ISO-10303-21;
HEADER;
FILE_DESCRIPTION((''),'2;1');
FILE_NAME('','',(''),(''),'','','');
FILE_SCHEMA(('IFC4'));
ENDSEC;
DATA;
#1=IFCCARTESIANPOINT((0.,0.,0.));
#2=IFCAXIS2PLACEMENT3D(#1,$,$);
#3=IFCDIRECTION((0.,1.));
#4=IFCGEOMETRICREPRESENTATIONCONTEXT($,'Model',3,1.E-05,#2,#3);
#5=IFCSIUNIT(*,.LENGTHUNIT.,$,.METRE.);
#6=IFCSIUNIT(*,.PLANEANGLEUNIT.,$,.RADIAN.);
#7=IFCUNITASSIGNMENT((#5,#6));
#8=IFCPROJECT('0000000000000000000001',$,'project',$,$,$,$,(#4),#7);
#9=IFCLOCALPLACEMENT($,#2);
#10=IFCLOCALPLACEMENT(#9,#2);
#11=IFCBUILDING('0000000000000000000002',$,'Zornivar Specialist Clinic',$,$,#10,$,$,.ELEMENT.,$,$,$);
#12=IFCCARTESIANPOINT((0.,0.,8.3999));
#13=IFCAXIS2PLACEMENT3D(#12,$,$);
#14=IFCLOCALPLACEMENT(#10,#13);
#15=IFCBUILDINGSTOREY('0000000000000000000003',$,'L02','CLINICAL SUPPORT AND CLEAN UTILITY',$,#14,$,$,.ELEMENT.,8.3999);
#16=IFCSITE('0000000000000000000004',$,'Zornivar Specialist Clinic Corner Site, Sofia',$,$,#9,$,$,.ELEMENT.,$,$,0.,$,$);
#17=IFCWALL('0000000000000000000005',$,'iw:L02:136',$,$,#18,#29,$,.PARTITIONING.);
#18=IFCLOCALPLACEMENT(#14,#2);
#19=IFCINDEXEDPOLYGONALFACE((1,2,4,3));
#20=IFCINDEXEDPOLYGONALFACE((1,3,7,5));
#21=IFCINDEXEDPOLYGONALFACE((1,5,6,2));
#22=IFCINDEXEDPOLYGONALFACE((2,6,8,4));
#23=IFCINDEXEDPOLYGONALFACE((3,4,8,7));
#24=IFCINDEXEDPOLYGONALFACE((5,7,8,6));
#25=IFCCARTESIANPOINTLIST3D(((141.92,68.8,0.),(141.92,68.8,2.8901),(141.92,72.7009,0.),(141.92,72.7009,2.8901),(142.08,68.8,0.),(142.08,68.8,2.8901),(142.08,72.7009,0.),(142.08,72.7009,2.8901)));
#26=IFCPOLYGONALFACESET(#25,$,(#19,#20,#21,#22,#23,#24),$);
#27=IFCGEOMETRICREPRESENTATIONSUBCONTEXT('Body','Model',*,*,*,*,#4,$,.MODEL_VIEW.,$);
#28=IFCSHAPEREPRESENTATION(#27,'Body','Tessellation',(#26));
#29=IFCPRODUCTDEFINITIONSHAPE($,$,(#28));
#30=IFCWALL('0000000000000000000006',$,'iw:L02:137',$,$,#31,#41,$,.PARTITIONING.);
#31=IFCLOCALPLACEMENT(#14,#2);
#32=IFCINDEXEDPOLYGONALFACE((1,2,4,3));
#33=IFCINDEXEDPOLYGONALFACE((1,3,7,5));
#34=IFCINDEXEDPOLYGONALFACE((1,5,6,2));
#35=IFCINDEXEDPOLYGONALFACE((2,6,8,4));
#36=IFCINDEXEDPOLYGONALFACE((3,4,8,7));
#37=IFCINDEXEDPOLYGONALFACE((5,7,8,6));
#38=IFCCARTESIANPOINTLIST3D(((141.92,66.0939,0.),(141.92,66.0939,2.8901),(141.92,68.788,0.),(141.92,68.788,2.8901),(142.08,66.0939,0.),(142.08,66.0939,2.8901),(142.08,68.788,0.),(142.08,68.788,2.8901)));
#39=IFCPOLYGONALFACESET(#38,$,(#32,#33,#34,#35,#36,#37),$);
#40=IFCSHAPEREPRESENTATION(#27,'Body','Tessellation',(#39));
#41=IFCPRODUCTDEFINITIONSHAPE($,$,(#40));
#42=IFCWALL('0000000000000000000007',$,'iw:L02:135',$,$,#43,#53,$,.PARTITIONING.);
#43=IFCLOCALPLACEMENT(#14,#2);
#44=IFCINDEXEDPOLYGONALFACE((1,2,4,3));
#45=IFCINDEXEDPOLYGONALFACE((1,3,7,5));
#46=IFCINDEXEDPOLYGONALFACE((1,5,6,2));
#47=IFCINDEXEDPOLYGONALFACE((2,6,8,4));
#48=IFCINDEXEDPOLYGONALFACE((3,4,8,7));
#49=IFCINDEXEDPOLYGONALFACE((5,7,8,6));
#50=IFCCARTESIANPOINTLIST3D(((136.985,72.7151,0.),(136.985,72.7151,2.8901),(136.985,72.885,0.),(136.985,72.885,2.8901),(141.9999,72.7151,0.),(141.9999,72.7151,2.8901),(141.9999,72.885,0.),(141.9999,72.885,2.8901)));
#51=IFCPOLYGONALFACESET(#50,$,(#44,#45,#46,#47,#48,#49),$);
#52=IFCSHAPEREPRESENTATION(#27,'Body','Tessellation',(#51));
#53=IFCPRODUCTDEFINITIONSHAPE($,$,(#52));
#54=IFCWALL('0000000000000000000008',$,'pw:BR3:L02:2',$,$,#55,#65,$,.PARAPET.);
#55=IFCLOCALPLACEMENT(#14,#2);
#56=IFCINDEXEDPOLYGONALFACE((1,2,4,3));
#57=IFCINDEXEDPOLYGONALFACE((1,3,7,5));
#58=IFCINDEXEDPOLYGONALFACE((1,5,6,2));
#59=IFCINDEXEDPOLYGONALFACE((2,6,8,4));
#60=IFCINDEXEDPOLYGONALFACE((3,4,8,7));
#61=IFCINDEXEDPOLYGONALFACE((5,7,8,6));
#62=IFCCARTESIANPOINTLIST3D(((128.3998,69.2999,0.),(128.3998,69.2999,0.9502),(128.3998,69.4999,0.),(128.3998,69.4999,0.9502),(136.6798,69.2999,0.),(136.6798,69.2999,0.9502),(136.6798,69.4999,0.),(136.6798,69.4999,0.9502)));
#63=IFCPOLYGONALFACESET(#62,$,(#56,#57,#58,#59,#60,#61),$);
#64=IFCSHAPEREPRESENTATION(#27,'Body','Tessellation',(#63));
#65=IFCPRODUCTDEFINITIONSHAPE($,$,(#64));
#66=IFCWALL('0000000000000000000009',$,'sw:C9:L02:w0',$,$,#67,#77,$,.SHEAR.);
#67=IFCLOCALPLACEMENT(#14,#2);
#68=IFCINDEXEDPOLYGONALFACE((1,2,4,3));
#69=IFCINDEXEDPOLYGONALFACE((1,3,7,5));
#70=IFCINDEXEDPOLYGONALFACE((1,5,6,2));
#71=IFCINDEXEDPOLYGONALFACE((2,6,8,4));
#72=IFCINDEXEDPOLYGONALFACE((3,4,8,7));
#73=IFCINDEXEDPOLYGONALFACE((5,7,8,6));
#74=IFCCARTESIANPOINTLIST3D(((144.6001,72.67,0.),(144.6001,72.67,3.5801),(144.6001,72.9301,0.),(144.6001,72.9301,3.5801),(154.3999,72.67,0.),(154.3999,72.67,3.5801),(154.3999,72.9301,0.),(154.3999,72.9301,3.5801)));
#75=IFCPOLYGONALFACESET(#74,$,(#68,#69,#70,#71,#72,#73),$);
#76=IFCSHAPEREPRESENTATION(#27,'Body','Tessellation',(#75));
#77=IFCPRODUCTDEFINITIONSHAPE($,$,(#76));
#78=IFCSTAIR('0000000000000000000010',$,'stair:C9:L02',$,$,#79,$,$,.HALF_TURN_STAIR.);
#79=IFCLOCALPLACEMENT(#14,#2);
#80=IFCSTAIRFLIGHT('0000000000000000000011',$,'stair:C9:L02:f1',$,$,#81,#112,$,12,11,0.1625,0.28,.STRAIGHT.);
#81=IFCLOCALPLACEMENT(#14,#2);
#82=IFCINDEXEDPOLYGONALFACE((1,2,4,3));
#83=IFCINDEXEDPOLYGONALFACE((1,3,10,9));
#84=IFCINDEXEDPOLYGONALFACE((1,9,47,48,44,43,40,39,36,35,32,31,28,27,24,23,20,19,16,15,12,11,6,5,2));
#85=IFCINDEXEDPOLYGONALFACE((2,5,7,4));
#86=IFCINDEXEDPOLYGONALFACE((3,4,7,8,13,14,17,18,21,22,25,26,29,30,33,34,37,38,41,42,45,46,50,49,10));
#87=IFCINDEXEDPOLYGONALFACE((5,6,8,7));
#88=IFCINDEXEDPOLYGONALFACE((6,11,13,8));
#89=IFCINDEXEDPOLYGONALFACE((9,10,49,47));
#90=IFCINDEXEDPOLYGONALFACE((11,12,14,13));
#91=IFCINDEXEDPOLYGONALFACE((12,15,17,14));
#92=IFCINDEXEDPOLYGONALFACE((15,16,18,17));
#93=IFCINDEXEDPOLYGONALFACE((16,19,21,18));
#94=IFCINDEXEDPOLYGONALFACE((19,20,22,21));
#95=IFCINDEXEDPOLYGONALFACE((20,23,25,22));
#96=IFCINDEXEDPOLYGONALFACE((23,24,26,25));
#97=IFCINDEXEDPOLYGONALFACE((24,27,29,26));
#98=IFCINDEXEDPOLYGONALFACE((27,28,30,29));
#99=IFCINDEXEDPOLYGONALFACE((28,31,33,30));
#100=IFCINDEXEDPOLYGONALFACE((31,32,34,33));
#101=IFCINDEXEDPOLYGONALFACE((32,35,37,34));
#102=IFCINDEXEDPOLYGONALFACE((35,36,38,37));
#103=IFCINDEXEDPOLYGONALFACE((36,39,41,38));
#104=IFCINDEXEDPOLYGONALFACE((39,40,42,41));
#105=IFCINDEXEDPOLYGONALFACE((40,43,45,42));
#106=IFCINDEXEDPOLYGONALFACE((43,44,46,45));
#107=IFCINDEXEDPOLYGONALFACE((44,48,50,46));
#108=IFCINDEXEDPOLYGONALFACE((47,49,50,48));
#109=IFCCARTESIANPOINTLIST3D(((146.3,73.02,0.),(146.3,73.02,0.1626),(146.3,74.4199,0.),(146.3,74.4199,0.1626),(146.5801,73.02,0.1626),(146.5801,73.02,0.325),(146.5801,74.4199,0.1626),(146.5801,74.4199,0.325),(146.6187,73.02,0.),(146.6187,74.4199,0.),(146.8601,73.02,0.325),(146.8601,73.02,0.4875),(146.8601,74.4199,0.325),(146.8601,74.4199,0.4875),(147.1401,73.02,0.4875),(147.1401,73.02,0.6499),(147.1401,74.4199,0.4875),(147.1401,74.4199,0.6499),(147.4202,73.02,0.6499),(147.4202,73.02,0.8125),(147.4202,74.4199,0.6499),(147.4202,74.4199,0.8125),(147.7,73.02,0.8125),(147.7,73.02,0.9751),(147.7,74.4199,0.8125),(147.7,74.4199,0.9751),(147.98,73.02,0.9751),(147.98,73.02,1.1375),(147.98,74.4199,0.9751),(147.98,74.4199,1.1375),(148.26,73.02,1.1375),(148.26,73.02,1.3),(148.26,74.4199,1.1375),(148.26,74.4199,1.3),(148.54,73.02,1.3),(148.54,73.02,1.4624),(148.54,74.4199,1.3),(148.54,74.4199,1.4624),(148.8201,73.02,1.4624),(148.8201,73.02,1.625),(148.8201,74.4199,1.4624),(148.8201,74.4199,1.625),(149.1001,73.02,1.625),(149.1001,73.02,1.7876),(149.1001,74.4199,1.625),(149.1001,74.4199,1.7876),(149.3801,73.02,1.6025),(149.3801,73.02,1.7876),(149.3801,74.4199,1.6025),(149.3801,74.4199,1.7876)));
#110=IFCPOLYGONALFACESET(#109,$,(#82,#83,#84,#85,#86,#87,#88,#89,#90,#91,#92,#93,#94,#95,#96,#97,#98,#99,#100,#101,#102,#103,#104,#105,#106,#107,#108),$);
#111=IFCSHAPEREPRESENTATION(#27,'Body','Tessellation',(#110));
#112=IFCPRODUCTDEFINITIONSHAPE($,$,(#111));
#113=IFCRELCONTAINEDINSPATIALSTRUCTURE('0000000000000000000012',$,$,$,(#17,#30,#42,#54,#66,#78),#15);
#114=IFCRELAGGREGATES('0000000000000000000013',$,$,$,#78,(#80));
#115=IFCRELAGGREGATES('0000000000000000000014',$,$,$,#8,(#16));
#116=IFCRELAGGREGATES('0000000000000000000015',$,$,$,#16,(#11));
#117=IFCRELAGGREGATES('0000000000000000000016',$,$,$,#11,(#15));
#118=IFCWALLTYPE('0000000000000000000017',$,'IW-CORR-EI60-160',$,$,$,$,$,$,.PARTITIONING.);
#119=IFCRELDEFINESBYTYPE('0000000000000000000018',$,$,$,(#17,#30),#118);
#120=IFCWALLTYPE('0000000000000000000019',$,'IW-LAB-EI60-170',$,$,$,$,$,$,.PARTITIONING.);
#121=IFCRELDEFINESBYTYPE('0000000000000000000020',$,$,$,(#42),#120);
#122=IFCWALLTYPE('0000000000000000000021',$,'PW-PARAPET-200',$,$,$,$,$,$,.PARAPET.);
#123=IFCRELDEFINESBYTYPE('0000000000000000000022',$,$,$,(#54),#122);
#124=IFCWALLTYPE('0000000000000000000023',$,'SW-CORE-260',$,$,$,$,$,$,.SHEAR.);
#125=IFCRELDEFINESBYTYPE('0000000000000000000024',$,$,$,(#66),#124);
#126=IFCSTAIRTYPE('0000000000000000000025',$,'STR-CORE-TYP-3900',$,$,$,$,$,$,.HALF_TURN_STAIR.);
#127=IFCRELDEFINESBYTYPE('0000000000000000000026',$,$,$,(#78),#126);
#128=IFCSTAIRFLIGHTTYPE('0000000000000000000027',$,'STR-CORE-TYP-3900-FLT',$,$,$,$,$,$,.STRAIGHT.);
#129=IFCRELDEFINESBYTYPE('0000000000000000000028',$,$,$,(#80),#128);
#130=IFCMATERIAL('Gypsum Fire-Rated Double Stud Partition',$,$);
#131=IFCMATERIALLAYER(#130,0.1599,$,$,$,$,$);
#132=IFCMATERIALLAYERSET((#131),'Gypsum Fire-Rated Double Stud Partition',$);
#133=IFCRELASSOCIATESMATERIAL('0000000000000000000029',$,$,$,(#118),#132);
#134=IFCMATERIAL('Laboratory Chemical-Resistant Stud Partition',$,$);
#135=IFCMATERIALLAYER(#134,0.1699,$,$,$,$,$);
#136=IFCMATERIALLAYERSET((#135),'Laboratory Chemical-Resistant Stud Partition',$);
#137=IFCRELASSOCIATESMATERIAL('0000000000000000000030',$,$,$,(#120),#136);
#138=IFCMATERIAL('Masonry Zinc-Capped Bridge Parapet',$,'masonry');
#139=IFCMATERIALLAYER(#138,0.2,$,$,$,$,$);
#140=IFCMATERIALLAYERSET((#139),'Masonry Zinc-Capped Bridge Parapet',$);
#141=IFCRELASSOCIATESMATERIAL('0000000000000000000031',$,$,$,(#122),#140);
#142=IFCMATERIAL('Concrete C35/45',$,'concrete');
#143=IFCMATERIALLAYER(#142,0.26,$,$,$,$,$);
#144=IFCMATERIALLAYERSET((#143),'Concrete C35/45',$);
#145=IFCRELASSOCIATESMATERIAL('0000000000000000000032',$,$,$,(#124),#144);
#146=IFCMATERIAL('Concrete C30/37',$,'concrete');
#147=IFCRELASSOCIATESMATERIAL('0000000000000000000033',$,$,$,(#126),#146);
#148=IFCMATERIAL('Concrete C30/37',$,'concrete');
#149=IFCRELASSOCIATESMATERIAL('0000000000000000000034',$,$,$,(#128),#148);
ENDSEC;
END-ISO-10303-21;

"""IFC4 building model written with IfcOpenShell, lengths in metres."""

from ifc_helpers import new_model, si_unit, direction, frame, frame_2d, origin, place, context, subcontext, project, spatial, polyline, rectangle, outline, extrude, material, layer, layer_set, type_object, element, aggregate, save


model = new_model("IFC4")

# Units and contexts
model_context = context("Model", 3, precision=1e-05, world=origin(), true_north=direction((0.0, 1.0)))
body_context = subcontext(model_context, "Body", "Model", "MODEL_VIEW")
ifc_project = project(units=[si_unit("LENGTHUNIT", "METRE"), si_unit("PLANEANGLEUNIT", "RADIAN")], contexts=[model_context])

# Site, building, storey
site_placement = place(None, origin())
site = spatial("IfcSite", under=ifc_project, at=site_placement, Name="Zornivar Specialist Clinic Corner Site, Sofia", CompositionType="ELEMENT", RefElevation=0.0)
building_placement = place(site_placement, origin())
building = spatial("IfcBuilding", under=site, at=building_placement, Name="Zornivar Specialist Clinic", CompositionType="ELEMENT")
storey_placement = place(building_placement, frame((0.0, 0.0, 8.3999)))
storey = spatial("IfcBuildingStorey", under=building, at=storey_placement, Name="L02", Description="CLINICAL SUPPORT AND CLEAN UTILITY", CompositionType="ELEMENT", Elevation=8.3999)

# Shared definitions
ifc_material_1 = material(Name="Gypsum Fire-Rated Double Stud Partition")
ifc_layer_1 = layer(ifc_material_1, 0.1599)
ifc_layer_set_1 = layer_set([ifc_layer_1], Name="Gypsum Fire-Rated Double Stud Partition")
wall_type_1 = type_object("IfcWallType", Name="IW-CORR-EI60-160", PredefinedType="PARTITIONING", material=ifc_layer_set_1)

# Walls
wall_1_placement = place(storey_placement, frame((142.0, 72.7009, 0.0), z_axis=(0.0, 0.0, 1.0), x_axis=(0.0, -1.0, 0.0)))
element("IfcWall", 1, at=wall_1_placement, inside=storey, type_object=wall_type_1, Name="iw:L02:136", PredefinedType="PARTITIONING", context=body_context, shape_type="SweptSolid", body=[
    extrude(rectangle(XDim=3.9009, YDim=0.1599, at=frame_2d((1.9504, 0.0))), origin(), (0.0, 0.0, 1.0), 2.8901),
])
wall_2_placement = place(storey_placement, frame((142.0, 68.7881, 0.0), z_axis=(0.0, 0.0, 1.0), x_axis=(0.0, -1.0, 0.0)))
element("IfcWall", 2, at=wall_2_placement, inside=storey, type_object=wall_type_1, Name="iw:L02:137", PredefinedType="PARTITIONING", context=body_context, shape_type="SweptSolid", body=[
    extrude(rectangle(XDim=2.6941, YDim=0.1599, at=frame_2d((1.3472, 0.0))), origin(), (0.0, 0.0, 1.0), 2.8901),
])
ifc_material_2 = material(Name="Laboratory Chemical-Resistant Stud Partition")
ifc_layer_2 = layer(ifc_material_2, 0.1699)
ifc_layer_set_2 = layer_set([ifc_layer_2], Name="Laboratory Chemical-Resistant Stud Partition")
wall_type_2 = type_object("IfcWallType", Name="IW-LAB-EI60-170", PredefinedType="PARTITIONING", material=ifc_layer_set_2)
wall_3_placement = place(storey_placement, frame((136.9851, 72.8, 0.0), z_axis=(0.0, 0.0, 1.0), x_axis=(1.0, 0.0, 0.0)))
element("IfcWall", 3, at=wall_3_placement, inside=storey, type_object=wall_type_2, Name="iw:L02:135", PredefinedType="PARTITIONING", context=body_context, shape_type="SweptSolid", body=[
    extrude(rectangle(XDim=5.0149, YDim=0.1699, at=frame_2d((2.5073, 0.0))), origin(), (0.0, 0.0, 1.0), 2.8901),
])
ifc_material_3 = material(Name="Masonry Zinc-Capped Bridge Parapet", Category="masonry")
ifc_layer_3 = layer(ifc_material_3, 0.2)
ifc_layer_set_3 = layer_set([ifc_layer_3], Name="Masonry Zinc-Capped Bridge Parapet")
wall_type_3 = type_object("IfcWallType", Name="PW-PARAPET-200", PredefinedType="PARAPET", material=ifc_layer_set_3)
wall_4_placement = place(storey_placement, frame((136.6799, 69.3999, 0.0), z_axis=(0.0, 0.0, 1.0), x_axis=(-1.0, 0.0, 0.0)))
element("IfcWall", 4, at=wall_4_placement, inside=storey, type_object=wall_type_3, Name="pw:BR3:L02:2", PredefinedType="PARAPET", context=body_context, shape_type="SweptSolid", body=[
    extrude(rectangle(XDim=8.28, YDim=0.2, at=frame_2d((4.1401, 0.0))), origin(), (0.0, 0.0, 1.0), 0.9502),
])
ifc_material_4 = material(Name="Concrete C35/45", Category="concrete")
ifc_layer_4 = layer(ifc_material_4, 0.26)
ifc_layer_set_4 = layer_set([ifc_layer_4], Name="Concrete C35/45")
wall_type_4 = type_object("IfcWallType", Name="SW-CORE-260", PredefinedType="SHEAR", material=ifc_layer_set_4)
wall_5_placement = place(storey_placement, frame((144.6001, 72.8, 0.0), z_axis=(0.0, 0.0, 1.0), x_axis=(1.0, 0.0, 0.0)))
element("IfcWall", 5, at=wall_5_placement, inside=storey, type_object=wall_type_4, Name="sw:C9:L02:w0", PredefinedType="SHEAR", context=body_context, shape_type="SweptSolid", body=[
    extrude(rectangle(XDim=9.7998, YDim=0.26, at=frame_2d((4.8999, 0.0))), origin(), (0.0, 0.0, 1.0), 3.5801),
])

# Stair, stair flight
ifc_material_5 = material(Name="Concrete C30/37", Category="concrete")
stair_type = type_object("IfcStairType", Name="STR-CORE-TYP-3900", PredefinedType="HALF_TURN_STAIR", material=ifc_material_5)
stair_placement = place(storey_placement, origin())
stair = element("IfcStair", 6, at=stair_placement, inside=storey, type_object=stair_type, Name="stair:C9:L02", PredefinedType="HALF_TURN_STAIR")
ifc_material_6 = material(Name="Concrete C30/37", Category="concrete")
stair_flight_type = type_object("IfcStairFlightType", Name="STR-CORE-TYP-3900-FLT", PredefinedType="STRAIGHT", material=ifc_material_6)
stair_flight_placement = place(storey_placement, frame((146.3, 73.72, 0.0), z_axis=(0.0, 0.0, 1.0), x_axis=(1.0, 0.0, 0.0)))
stair_flight = element("IfcStairFlight", 7, at=stair_flight_placement, type_object=stair_flight_type, Name="stair:C9:L02:f1", NumberOfRisers=12, NumberOfTreads=11, PredefinedType="STRAIGHT", RiserHeight=0.1625, TreadLength=0.28, context=body_context, shape_type="SweptSolid", body=[
    extrude(outline(polyline([(0.0, 0.0), (0.0, 0.1626), (0.28, 0.1626), (0.28, 0.325), (0.5601, 0.325), (0.5601, 0.4875), (0.8401, 0.4875), (0.8401, 0.6499), (1.1201, 0.6499), (1.1201, 0.8125), (1.3999, 0.8125), (1.3999, 0.9751), (1.6799, 0.9751), (1.6799, 1.1375), (1.96, 1.1375), (1.96, 1.3), (2.24, 1.3), (2.24, 1.4624), (2.52, 1.4624), (2.52, 1.625), (2.8, 1.625), (2.8, 1.7876), (3.0801, 1.7876), (3.0801, 1.95), (3.0801, 1.6025), (0.3186, 0.0), (0.0, 0.0)])), frame((0.0, 0.7, 0.0), z_axis=(0.0, -1.0, 0.0), x_axis=(1.0, 0.0, 0.0)), (0.0, 0.0, 1.0), 1.3999),
])
aggregate(stair, [stair_flight])

save(model, "model.ifc")
